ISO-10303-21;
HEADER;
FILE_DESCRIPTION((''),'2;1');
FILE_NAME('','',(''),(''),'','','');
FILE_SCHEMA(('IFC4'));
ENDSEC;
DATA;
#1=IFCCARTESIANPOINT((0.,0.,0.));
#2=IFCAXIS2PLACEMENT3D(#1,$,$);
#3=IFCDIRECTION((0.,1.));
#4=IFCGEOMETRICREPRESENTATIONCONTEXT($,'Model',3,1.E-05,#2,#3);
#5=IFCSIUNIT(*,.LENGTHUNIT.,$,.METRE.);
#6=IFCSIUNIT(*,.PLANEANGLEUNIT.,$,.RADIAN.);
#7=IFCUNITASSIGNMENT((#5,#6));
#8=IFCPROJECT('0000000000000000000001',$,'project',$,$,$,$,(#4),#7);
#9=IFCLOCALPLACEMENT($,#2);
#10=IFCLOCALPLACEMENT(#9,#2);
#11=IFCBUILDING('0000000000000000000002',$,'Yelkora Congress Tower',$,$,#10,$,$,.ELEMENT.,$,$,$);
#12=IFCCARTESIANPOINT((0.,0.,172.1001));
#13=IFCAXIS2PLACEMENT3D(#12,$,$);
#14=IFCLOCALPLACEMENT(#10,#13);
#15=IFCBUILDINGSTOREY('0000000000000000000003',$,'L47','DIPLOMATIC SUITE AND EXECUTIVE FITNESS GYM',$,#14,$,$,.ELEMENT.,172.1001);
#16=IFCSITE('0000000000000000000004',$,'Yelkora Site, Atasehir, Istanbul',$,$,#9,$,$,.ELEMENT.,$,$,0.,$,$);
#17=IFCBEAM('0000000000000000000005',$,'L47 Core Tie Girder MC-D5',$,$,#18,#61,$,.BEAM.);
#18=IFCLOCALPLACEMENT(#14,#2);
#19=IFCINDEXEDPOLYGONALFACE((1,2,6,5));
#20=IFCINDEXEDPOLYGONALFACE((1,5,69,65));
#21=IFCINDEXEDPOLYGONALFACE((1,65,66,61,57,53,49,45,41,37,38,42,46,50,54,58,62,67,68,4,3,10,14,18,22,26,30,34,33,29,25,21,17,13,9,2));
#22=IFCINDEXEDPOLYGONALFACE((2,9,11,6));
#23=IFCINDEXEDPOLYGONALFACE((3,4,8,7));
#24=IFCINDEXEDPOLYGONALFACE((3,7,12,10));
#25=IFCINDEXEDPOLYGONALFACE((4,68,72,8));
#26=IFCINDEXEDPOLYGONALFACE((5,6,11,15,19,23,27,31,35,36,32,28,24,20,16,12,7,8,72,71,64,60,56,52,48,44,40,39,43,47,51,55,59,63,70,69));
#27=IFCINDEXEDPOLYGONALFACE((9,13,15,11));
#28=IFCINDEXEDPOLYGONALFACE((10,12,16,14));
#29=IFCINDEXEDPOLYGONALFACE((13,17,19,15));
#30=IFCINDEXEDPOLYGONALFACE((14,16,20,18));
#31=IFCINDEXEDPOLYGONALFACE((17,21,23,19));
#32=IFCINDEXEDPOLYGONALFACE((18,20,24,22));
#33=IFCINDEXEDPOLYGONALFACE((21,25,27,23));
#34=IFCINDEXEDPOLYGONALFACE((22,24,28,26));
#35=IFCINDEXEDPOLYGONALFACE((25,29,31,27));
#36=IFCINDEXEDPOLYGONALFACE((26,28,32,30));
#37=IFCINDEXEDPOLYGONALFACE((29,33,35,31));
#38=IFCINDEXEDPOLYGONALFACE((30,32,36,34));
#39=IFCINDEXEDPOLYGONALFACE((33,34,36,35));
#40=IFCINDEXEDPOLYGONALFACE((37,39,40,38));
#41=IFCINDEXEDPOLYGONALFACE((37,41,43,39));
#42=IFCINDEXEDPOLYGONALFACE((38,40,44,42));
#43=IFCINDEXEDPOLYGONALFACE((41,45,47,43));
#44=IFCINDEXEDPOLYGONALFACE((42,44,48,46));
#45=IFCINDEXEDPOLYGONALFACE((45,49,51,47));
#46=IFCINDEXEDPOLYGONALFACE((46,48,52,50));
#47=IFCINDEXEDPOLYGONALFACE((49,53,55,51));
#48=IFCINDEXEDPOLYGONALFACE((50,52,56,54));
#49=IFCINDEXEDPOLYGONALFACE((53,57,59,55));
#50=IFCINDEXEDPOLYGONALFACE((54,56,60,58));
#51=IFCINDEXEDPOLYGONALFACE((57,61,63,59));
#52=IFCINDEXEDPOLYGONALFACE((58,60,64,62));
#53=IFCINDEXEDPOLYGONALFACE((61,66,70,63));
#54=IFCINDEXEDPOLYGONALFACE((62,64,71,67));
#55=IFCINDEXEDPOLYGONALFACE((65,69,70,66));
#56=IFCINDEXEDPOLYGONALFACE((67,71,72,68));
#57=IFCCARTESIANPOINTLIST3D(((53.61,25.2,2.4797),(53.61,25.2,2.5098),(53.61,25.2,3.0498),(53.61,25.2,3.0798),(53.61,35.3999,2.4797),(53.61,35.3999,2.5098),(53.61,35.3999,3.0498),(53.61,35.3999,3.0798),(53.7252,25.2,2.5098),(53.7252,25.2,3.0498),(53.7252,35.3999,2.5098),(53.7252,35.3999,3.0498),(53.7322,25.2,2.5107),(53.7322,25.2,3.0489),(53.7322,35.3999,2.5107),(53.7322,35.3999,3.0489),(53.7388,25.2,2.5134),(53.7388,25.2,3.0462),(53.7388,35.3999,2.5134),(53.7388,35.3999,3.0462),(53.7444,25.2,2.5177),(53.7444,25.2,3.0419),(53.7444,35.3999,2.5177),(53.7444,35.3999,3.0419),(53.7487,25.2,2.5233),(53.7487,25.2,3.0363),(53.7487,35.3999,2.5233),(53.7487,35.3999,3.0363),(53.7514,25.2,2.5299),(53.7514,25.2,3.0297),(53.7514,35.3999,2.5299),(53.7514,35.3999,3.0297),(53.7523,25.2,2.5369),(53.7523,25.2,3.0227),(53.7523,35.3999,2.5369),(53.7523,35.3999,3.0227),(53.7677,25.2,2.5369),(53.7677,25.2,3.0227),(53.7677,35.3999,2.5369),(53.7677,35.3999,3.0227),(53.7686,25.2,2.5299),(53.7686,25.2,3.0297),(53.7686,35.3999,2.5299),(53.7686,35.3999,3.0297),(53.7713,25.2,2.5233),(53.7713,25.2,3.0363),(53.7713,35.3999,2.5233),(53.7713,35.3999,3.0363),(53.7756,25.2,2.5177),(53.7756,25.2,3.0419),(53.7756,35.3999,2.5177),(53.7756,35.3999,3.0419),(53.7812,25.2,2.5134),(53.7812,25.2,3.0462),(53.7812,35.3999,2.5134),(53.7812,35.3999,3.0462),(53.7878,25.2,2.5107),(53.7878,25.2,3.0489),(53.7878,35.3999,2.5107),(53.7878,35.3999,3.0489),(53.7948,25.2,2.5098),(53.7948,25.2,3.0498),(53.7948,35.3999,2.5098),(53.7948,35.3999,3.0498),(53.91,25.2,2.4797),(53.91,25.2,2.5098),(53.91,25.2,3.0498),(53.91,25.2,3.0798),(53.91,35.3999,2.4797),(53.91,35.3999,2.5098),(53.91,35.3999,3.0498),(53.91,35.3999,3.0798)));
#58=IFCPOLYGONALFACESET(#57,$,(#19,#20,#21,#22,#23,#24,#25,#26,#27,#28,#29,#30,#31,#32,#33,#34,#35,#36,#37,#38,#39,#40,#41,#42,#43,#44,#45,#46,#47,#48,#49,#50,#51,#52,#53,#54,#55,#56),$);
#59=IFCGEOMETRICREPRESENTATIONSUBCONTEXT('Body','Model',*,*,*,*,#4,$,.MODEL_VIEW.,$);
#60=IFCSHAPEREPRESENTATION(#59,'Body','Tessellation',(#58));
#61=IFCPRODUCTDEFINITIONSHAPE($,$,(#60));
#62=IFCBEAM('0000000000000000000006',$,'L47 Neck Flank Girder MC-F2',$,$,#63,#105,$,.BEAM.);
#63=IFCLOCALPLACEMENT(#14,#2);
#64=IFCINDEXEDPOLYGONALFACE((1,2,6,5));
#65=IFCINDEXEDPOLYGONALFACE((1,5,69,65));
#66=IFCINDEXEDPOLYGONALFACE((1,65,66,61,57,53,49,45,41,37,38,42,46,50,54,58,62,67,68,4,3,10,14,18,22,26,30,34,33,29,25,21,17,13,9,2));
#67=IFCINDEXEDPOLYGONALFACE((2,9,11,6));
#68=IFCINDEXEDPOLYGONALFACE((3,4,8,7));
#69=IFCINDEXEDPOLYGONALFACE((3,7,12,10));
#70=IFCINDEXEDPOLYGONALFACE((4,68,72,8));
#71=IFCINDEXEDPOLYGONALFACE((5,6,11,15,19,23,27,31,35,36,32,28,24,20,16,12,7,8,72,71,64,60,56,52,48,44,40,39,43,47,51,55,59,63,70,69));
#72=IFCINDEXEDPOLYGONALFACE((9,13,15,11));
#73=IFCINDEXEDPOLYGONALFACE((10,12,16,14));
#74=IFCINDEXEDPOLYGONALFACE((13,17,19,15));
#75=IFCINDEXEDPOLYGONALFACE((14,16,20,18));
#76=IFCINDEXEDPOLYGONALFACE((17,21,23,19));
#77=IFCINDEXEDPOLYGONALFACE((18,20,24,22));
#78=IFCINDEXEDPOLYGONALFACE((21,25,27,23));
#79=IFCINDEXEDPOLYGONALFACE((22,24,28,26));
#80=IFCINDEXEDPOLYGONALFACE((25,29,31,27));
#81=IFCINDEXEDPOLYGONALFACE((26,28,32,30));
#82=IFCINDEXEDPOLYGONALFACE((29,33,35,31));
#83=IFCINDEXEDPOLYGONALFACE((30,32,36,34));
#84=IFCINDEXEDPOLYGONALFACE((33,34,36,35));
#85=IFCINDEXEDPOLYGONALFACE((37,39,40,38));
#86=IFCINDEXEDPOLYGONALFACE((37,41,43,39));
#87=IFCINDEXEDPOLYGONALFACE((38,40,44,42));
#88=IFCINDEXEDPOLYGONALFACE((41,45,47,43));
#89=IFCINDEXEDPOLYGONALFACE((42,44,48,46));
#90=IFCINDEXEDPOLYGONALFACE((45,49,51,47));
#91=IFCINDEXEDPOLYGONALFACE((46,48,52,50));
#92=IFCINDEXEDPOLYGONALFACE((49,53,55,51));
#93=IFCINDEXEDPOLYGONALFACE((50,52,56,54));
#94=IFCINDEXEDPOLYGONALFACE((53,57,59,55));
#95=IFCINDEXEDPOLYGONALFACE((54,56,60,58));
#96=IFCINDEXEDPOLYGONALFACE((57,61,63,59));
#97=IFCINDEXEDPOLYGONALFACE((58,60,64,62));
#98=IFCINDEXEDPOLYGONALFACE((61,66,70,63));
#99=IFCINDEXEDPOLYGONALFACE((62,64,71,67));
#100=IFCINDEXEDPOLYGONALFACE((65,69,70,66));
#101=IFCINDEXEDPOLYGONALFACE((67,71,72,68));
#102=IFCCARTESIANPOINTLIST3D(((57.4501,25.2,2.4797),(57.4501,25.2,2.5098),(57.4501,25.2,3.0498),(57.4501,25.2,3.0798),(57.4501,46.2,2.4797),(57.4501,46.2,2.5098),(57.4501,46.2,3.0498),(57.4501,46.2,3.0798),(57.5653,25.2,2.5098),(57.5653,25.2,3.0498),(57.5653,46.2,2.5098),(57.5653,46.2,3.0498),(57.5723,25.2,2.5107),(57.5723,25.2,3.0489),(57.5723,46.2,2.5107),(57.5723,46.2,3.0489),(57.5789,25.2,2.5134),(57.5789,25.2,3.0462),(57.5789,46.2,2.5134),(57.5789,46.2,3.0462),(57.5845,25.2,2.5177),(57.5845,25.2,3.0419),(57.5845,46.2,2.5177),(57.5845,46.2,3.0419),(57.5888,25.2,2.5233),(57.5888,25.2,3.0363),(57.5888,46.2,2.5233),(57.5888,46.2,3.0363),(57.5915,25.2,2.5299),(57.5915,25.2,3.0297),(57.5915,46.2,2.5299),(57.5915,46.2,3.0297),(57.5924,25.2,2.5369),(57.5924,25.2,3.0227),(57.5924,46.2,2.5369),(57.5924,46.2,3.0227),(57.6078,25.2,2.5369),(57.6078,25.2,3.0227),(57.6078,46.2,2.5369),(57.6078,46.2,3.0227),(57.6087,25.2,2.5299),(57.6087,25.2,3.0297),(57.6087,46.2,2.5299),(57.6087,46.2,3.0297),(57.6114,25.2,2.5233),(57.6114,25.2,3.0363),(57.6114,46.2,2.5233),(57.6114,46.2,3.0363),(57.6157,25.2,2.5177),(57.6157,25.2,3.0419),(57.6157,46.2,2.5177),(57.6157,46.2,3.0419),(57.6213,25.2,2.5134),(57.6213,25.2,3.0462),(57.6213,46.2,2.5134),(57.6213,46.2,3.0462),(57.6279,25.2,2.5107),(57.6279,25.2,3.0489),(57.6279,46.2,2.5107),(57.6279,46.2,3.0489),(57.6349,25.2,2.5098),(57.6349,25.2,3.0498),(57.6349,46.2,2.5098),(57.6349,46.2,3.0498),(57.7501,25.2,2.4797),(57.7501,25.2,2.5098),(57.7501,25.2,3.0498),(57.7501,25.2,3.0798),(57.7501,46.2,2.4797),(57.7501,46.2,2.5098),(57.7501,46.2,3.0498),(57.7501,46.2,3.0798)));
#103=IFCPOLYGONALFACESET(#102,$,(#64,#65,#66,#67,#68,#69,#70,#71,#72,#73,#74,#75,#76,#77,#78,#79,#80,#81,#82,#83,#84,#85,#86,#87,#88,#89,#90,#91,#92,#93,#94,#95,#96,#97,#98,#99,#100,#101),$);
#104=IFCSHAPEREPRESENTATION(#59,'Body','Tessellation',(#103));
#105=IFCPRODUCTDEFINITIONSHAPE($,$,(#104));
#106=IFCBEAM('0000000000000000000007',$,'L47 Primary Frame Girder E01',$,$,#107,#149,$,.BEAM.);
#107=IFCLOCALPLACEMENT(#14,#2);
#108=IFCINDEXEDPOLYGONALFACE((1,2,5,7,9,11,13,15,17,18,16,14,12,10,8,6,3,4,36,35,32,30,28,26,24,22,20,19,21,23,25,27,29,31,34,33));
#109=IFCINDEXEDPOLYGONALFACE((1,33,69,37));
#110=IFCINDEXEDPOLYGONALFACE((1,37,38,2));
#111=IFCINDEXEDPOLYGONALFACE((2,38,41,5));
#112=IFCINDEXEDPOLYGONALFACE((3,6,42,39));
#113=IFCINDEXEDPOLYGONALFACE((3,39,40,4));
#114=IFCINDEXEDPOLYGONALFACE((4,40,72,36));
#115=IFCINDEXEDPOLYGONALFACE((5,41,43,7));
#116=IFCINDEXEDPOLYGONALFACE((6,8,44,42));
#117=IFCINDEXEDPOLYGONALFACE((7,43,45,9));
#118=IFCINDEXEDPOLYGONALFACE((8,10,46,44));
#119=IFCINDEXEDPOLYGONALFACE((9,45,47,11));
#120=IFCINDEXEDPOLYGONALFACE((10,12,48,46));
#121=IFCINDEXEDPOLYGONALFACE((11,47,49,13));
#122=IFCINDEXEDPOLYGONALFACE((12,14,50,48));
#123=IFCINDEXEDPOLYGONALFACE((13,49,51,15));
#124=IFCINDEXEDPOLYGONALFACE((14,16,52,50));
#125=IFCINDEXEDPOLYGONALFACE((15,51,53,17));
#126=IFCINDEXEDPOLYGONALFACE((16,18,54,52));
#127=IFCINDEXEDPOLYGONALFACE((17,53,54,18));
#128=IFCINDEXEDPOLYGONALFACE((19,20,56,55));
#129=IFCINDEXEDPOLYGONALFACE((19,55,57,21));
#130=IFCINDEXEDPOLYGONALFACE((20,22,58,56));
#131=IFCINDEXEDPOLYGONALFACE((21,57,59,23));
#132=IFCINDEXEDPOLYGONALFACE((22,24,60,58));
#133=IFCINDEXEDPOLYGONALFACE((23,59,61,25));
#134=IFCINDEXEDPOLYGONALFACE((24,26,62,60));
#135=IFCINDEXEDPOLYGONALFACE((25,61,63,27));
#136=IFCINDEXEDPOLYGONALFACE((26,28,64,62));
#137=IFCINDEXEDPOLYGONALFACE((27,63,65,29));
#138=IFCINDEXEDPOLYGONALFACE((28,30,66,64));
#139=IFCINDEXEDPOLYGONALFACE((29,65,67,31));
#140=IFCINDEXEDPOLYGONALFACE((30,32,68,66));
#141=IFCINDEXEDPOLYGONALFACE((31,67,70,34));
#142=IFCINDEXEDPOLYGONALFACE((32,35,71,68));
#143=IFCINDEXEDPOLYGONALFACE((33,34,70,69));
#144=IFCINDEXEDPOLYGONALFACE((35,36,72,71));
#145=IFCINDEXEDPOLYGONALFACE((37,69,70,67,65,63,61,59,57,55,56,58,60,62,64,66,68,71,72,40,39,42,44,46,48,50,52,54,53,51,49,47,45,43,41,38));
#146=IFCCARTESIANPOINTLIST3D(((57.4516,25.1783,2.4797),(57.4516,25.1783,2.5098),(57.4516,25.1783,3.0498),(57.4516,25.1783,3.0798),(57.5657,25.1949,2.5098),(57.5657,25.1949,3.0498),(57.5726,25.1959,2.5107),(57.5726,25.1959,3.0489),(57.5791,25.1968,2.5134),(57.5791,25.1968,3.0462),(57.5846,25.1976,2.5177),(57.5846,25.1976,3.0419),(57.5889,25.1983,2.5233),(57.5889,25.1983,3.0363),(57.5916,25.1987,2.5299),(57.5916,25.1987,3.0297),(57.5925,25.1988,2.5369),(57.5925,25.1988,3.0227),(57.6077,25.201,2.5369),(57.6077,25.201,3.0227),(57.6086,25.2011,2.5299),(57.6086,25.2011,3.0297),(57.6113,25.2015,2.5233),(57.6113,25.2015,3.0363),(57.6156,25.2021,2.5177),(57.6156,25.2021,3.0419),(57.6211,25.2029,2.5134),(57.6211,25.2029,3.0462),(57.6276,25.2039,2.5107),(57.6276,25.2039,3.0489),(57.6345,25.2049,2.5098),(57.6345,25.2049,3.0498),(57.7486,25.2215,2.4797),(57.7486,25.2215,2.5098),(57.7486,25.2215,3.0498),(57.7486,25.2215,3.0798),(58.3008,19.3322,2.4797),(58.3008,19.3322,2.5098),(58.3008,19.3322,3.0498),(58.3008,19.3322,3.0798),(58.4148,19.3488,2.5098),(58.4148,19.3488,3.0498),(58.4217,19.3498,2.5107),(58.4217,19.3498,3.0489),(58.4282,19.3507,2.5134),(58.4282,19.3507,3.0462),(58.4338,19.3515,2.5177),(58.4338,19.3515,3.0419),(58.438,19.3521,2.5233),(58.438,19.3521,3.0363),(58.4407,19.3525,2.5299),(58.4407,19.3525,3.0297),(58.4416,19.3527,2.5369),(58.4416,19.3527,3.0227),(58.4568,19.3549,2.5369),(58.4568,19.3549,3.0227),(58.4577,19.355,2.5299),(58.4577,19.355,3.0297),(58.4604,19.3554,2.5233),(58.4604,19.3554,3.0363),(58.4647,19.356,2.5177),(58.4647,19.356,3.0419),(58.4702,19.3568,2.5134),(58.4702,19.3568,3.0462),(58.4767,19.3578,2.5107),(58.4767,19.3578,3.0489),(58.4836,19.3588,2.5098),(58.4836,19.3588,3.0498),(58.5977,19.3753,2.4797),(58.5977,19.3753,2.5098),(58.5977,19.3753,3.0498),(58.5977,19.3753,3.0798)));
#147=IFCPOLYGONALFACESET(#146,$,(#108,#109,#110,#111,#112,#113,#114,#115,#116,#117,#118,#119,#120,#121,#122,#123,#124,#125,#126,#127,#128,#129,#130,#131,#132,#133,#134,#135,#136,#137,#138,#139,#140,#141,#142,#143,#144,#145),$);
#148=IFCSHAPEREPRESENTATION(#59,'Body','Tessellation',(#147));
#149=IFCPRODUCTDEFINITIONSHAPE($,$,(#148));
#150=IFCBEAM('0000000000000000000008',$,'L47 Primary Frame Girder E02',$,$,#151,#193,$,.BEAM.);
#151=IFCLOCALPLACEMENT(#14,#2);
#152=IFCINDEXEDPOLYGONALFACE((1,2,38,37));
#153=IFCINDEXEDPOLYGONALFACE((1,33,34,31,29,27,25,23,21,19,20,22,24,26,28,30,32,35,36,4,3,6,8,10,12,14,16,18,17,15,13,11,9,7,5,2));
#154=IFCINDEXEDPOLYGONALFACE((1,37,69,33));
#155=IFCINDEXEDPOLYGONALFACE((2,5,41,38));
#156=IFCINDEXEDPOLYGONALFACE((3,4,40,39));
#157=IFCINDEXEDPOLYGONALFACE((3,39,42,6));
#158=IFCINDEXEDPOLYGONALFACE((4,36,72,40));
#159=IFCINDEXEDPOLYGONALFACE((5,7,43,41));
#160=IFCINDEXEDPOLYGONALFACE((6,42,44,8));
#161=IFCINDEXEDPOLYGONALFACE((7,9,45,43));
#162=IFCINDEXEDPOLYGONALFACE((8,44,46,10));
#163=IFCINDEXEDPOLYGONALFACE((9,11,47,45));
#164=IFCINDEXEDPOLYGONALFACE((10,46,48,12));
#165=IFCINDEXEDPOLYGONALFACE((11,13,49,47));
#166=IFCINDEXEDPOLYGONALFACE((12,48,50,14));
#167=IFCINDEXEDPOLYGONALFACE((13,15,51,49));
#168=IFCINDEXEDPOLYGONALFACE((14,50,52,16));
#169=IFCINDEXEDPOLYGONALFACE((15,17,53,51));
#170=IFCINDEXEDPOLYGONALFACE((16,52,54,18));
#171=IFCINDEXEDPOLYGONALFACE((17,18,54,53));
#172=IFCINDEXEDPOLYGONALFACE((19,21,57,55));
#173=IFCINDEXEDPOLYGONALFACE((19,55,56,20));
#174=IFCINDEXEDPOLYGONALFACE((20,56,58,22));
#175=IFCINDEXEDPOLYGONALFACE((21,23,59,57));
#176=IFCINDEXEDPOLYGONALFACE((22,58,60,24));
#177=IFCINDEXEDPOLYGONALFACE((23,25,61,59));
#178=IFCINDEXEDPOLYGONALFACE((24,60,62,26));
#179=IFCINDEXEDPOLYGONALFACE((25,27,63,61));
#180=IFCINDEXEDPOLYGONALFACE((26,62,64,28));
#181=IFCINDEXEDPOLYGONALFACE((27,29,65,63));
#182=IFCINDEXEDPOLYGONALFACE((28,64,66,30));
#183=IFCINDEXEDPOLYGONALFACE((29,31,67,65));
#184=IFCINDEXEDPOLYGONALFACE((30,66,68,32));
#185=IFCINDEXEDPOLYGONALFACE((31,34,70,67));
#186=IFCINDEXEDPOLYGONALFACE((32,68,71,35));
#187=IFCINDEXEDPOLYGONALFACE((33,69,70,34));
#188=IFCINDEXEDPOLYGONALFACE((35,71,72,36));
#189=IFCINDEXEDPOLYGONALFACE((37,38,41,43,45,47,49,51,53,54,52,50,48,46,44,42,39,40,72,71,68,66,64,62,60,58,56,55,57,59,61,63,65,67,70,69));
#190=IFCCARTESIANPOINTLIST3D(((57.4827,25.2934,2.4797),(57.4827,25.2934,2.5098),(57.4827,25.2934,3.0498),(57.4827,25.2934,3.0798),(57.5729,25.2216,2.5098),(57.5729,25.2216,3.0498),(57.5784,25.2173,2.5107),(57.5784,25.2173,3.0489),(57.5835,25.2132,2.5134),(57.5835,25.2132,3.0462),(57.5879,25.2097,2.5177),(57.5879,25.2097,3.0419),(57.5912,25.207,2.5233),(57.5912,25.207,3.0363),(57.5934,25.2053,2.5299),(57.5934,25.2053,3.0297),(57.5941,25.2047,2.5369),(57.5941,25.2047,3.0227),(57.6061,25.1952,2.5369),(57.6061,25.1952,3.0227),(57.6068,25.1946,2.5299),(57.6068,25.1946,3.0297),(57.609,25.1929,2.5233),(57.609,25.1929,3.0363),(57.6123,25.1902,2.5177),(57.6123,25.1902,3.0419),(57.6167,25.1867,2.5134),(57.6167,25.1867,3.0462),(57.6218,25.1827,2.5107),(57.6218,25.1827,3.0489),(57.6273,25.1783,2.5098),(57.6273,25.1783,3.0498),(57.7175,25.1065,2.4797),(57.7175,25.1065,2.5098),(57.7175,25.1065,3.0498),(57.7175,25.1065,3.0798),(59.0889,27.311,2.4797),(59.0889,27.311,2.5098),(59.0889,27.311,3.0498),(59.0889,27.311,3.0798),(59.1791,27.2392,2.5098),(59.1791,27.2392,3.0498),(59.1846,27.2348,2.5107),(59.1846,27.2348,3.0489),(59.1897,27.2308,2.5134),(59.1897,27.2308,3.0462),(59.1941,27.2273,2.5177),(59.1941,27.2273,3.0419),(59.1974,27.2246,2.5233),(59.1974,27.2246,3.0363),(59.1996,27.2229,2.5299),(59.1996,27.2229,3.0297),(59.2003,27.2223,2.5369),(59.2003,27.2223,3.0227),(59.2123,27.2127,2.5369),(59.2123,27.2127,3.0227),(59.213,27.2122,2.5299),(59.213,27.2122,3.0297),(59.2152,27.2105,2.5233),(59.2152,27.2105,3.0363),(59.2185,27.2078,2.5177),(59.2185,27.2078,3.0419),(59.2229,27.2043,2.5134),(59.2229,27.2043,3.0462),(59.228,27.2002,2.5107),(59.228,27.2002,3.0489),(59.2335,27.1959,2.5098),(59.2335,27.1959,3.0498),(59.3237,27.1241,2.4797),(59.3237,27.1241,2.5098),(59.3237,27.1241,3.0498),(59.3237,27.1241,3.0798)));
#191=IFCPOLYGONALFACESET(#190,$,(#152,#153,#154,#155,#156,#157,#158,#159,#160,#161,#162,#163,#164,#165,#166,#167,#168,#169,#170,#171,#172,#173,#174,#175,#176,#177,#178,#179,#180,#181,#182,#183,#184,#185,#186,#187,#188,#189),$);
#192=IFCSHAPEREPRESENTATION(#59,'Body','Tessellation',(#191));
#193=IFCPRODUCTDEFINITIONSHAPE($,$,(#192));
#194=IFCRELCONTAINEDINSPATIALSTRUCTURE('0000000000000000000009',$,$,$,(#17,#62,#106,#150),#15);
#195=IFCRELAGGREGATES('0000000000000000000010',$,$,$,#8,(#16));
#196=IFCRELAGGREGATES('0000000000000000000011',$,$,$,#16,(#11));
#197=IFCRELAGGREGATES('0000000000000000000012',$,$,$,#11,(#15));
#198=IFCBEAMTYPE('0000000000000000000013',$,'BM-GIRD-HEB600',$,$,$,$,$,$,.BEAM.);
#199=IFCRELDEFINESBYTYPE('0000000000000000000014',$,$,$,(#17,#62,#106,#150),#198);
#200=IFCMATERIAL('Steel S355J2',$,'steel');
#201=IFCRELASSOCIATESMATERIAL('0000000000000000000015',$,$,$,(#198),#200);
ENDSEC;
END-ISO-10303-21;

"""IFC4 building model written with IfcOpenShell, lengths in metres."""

from ifc_helpers import new_model, si_unit, direction, frame, origin, origin_2d, place, context, subcontext, project, spatial, i_section, extrude, material, material_profile, profile_set, type_object, element, save


model = new_model("IFC4")

# Units and contexts
model_context = context("Model", 3, precision=1e-05, world=origin(), true_north=direction((0.0, 1.0)))
body_context = subcontext(model_context, "Body", "Model", "MODEL_VIEW")
ifc_project = project(units=[si_unit("LENGTHUNIT", "METRE"), si_unit("PLANEANGLEUNIT", "RADIAN")], contexts=[model_context])

# Site, building, storey
site_placement = place(None, origin())
site = spatial("IfcSite", under=ifc_project, at=site_placement, Name="Yelkora Site, Atasehir, Istanbul", CompositionType="ELEMENT", RefElevation=0.0)
building_placement = place(site_placement, origin())
building = spatial("IfcBuilding", under=site, at=building_placement, Name="Yelkora Congress Tower", CompositionType="ELEMENT")
storey_placement = place(building_placement, frame((0.0, 0.0, 172.1001)))
storey = spatial("IfcBuildingStorey", under=building, at=storey_placement, Name="L47", Description="DIPLOMATIC SUITE AND EXECUTIVE FITNESS GYM", CompositionType="ELEMENT", Elevation=172.1001)

# Beams
ifc_material_1 = material(Name="Steel S355J2", Category="steel")
ifc_material_profile_1 = material_profile(ifc_material_1, i_section(OverallWidth=0.3, OverallDepth=0.6001, WebThickness=0.0154, FlangeThickness=0.03, FilletRadius=0.0271, at=origin_2d()), Name="HEB 600")
ifc_profile_set_1 = profile_set([ifc_material_profile_1], Name="Steel S355J2")
beam_type_1 = type_object("IfcBeamType", Name="BM-GIRD-HEB600", PredefinedType="BEAM", material=ifc_profile_set_1)
beam_1_placement = place(storey_placement, frame((53.76, 25.2, 2.7798), z_axis=(0.0, 1.0, 0.0), x_axis=(-1.0, 0.0, 0.0)))
element("IfcBeam", 1, at=beam_1_placement, inside=storey, type_object=beam_type_1, Name="L47 Core Tie Girder MC-D5", PredefinedType="BEAM", context=body_context, shape_type="SweptSolid", body=[
    extrude(i_section(OverallWidth=0.3, OverallDepth=0.6001, WebThickness=0.0154, FlangeThickness=0.03, FilletRadius=0.0271, at=origin_2d()), origin(), (0.0, 0.0, 1.0), 10.2),
])
beam_2_placement = place(storey_placement, frame((57.6001, 25.2, 2.7798), z_axis=(0.0, 1.0, 0.0), x_axis=(-1.0, 0.0, 0.0)))
element("IfcBeam", 2, at=beam_2_placement, inside=storey, type_object=beam_type_1, Name="L47 Neck Flank Girder MC-F2", PredefinedType="BEAM", context=body_context, shape_type="SweptSolid", body=[
    extrude(i_section(OverallWidth=0.3, OverallDepth=0.6001, WebThickness=0.0154, FlangeThickness=0.03, FilletRadius=0.0271, at=origin_2d()), origin(), (0.0, 0.0, 1.0), 21.0),
])
beam_3_placement = place(storey_placement, frame((58.4492, 19.3538, 2.7798), z_axis=(-0.143735, 0.989616, 0.0), x_axis=(-0.989616, -0.143735, 0.0)))
element("IfcBeam", 3, at=beam_3_placement, inside=storey, type_object=beam_type_1, Name="L47 Primary Frame Girder E01", PredefinedType="BEAM", context=body_context, shape_type="SweptSolid", body=[
    extrude(i_section(OverallWidth=0.3, OverallDepth=0.6001, WebThickness=0.0154, FlangeThickness=0.03, FilletRadius=0.0271, at=origin_2d()), origin(), (0.0, 0.0, 1.0), 5.9075),
])
beam_4_placement = place(storey_placement, frame((59.2063, 27.2175, 2.7798), z_axis=(-0.622835, -0.782354, 0.0), x_axis=(0.782354, -0.622835, 0.0)))
element("IfcBeam", 4, at=beam_4_placement, inside=storey, type_object=beam_type_1, Name="L47 Primary Frame Girder E02", PredefinedType="BEAM", context=body_context, shape_type="SweptSolid", body=[
    extrude(i_section(OverallWidth=0.3, OverallDepth=0.6001, WebThickness=0.0154, FlangeThickness=0.03, FilletRadius=0.0271, at=origin_2d()), origin(), (0.0, 0.0, 1.0), 2.5789),
])

save(model, "model.ifc")
